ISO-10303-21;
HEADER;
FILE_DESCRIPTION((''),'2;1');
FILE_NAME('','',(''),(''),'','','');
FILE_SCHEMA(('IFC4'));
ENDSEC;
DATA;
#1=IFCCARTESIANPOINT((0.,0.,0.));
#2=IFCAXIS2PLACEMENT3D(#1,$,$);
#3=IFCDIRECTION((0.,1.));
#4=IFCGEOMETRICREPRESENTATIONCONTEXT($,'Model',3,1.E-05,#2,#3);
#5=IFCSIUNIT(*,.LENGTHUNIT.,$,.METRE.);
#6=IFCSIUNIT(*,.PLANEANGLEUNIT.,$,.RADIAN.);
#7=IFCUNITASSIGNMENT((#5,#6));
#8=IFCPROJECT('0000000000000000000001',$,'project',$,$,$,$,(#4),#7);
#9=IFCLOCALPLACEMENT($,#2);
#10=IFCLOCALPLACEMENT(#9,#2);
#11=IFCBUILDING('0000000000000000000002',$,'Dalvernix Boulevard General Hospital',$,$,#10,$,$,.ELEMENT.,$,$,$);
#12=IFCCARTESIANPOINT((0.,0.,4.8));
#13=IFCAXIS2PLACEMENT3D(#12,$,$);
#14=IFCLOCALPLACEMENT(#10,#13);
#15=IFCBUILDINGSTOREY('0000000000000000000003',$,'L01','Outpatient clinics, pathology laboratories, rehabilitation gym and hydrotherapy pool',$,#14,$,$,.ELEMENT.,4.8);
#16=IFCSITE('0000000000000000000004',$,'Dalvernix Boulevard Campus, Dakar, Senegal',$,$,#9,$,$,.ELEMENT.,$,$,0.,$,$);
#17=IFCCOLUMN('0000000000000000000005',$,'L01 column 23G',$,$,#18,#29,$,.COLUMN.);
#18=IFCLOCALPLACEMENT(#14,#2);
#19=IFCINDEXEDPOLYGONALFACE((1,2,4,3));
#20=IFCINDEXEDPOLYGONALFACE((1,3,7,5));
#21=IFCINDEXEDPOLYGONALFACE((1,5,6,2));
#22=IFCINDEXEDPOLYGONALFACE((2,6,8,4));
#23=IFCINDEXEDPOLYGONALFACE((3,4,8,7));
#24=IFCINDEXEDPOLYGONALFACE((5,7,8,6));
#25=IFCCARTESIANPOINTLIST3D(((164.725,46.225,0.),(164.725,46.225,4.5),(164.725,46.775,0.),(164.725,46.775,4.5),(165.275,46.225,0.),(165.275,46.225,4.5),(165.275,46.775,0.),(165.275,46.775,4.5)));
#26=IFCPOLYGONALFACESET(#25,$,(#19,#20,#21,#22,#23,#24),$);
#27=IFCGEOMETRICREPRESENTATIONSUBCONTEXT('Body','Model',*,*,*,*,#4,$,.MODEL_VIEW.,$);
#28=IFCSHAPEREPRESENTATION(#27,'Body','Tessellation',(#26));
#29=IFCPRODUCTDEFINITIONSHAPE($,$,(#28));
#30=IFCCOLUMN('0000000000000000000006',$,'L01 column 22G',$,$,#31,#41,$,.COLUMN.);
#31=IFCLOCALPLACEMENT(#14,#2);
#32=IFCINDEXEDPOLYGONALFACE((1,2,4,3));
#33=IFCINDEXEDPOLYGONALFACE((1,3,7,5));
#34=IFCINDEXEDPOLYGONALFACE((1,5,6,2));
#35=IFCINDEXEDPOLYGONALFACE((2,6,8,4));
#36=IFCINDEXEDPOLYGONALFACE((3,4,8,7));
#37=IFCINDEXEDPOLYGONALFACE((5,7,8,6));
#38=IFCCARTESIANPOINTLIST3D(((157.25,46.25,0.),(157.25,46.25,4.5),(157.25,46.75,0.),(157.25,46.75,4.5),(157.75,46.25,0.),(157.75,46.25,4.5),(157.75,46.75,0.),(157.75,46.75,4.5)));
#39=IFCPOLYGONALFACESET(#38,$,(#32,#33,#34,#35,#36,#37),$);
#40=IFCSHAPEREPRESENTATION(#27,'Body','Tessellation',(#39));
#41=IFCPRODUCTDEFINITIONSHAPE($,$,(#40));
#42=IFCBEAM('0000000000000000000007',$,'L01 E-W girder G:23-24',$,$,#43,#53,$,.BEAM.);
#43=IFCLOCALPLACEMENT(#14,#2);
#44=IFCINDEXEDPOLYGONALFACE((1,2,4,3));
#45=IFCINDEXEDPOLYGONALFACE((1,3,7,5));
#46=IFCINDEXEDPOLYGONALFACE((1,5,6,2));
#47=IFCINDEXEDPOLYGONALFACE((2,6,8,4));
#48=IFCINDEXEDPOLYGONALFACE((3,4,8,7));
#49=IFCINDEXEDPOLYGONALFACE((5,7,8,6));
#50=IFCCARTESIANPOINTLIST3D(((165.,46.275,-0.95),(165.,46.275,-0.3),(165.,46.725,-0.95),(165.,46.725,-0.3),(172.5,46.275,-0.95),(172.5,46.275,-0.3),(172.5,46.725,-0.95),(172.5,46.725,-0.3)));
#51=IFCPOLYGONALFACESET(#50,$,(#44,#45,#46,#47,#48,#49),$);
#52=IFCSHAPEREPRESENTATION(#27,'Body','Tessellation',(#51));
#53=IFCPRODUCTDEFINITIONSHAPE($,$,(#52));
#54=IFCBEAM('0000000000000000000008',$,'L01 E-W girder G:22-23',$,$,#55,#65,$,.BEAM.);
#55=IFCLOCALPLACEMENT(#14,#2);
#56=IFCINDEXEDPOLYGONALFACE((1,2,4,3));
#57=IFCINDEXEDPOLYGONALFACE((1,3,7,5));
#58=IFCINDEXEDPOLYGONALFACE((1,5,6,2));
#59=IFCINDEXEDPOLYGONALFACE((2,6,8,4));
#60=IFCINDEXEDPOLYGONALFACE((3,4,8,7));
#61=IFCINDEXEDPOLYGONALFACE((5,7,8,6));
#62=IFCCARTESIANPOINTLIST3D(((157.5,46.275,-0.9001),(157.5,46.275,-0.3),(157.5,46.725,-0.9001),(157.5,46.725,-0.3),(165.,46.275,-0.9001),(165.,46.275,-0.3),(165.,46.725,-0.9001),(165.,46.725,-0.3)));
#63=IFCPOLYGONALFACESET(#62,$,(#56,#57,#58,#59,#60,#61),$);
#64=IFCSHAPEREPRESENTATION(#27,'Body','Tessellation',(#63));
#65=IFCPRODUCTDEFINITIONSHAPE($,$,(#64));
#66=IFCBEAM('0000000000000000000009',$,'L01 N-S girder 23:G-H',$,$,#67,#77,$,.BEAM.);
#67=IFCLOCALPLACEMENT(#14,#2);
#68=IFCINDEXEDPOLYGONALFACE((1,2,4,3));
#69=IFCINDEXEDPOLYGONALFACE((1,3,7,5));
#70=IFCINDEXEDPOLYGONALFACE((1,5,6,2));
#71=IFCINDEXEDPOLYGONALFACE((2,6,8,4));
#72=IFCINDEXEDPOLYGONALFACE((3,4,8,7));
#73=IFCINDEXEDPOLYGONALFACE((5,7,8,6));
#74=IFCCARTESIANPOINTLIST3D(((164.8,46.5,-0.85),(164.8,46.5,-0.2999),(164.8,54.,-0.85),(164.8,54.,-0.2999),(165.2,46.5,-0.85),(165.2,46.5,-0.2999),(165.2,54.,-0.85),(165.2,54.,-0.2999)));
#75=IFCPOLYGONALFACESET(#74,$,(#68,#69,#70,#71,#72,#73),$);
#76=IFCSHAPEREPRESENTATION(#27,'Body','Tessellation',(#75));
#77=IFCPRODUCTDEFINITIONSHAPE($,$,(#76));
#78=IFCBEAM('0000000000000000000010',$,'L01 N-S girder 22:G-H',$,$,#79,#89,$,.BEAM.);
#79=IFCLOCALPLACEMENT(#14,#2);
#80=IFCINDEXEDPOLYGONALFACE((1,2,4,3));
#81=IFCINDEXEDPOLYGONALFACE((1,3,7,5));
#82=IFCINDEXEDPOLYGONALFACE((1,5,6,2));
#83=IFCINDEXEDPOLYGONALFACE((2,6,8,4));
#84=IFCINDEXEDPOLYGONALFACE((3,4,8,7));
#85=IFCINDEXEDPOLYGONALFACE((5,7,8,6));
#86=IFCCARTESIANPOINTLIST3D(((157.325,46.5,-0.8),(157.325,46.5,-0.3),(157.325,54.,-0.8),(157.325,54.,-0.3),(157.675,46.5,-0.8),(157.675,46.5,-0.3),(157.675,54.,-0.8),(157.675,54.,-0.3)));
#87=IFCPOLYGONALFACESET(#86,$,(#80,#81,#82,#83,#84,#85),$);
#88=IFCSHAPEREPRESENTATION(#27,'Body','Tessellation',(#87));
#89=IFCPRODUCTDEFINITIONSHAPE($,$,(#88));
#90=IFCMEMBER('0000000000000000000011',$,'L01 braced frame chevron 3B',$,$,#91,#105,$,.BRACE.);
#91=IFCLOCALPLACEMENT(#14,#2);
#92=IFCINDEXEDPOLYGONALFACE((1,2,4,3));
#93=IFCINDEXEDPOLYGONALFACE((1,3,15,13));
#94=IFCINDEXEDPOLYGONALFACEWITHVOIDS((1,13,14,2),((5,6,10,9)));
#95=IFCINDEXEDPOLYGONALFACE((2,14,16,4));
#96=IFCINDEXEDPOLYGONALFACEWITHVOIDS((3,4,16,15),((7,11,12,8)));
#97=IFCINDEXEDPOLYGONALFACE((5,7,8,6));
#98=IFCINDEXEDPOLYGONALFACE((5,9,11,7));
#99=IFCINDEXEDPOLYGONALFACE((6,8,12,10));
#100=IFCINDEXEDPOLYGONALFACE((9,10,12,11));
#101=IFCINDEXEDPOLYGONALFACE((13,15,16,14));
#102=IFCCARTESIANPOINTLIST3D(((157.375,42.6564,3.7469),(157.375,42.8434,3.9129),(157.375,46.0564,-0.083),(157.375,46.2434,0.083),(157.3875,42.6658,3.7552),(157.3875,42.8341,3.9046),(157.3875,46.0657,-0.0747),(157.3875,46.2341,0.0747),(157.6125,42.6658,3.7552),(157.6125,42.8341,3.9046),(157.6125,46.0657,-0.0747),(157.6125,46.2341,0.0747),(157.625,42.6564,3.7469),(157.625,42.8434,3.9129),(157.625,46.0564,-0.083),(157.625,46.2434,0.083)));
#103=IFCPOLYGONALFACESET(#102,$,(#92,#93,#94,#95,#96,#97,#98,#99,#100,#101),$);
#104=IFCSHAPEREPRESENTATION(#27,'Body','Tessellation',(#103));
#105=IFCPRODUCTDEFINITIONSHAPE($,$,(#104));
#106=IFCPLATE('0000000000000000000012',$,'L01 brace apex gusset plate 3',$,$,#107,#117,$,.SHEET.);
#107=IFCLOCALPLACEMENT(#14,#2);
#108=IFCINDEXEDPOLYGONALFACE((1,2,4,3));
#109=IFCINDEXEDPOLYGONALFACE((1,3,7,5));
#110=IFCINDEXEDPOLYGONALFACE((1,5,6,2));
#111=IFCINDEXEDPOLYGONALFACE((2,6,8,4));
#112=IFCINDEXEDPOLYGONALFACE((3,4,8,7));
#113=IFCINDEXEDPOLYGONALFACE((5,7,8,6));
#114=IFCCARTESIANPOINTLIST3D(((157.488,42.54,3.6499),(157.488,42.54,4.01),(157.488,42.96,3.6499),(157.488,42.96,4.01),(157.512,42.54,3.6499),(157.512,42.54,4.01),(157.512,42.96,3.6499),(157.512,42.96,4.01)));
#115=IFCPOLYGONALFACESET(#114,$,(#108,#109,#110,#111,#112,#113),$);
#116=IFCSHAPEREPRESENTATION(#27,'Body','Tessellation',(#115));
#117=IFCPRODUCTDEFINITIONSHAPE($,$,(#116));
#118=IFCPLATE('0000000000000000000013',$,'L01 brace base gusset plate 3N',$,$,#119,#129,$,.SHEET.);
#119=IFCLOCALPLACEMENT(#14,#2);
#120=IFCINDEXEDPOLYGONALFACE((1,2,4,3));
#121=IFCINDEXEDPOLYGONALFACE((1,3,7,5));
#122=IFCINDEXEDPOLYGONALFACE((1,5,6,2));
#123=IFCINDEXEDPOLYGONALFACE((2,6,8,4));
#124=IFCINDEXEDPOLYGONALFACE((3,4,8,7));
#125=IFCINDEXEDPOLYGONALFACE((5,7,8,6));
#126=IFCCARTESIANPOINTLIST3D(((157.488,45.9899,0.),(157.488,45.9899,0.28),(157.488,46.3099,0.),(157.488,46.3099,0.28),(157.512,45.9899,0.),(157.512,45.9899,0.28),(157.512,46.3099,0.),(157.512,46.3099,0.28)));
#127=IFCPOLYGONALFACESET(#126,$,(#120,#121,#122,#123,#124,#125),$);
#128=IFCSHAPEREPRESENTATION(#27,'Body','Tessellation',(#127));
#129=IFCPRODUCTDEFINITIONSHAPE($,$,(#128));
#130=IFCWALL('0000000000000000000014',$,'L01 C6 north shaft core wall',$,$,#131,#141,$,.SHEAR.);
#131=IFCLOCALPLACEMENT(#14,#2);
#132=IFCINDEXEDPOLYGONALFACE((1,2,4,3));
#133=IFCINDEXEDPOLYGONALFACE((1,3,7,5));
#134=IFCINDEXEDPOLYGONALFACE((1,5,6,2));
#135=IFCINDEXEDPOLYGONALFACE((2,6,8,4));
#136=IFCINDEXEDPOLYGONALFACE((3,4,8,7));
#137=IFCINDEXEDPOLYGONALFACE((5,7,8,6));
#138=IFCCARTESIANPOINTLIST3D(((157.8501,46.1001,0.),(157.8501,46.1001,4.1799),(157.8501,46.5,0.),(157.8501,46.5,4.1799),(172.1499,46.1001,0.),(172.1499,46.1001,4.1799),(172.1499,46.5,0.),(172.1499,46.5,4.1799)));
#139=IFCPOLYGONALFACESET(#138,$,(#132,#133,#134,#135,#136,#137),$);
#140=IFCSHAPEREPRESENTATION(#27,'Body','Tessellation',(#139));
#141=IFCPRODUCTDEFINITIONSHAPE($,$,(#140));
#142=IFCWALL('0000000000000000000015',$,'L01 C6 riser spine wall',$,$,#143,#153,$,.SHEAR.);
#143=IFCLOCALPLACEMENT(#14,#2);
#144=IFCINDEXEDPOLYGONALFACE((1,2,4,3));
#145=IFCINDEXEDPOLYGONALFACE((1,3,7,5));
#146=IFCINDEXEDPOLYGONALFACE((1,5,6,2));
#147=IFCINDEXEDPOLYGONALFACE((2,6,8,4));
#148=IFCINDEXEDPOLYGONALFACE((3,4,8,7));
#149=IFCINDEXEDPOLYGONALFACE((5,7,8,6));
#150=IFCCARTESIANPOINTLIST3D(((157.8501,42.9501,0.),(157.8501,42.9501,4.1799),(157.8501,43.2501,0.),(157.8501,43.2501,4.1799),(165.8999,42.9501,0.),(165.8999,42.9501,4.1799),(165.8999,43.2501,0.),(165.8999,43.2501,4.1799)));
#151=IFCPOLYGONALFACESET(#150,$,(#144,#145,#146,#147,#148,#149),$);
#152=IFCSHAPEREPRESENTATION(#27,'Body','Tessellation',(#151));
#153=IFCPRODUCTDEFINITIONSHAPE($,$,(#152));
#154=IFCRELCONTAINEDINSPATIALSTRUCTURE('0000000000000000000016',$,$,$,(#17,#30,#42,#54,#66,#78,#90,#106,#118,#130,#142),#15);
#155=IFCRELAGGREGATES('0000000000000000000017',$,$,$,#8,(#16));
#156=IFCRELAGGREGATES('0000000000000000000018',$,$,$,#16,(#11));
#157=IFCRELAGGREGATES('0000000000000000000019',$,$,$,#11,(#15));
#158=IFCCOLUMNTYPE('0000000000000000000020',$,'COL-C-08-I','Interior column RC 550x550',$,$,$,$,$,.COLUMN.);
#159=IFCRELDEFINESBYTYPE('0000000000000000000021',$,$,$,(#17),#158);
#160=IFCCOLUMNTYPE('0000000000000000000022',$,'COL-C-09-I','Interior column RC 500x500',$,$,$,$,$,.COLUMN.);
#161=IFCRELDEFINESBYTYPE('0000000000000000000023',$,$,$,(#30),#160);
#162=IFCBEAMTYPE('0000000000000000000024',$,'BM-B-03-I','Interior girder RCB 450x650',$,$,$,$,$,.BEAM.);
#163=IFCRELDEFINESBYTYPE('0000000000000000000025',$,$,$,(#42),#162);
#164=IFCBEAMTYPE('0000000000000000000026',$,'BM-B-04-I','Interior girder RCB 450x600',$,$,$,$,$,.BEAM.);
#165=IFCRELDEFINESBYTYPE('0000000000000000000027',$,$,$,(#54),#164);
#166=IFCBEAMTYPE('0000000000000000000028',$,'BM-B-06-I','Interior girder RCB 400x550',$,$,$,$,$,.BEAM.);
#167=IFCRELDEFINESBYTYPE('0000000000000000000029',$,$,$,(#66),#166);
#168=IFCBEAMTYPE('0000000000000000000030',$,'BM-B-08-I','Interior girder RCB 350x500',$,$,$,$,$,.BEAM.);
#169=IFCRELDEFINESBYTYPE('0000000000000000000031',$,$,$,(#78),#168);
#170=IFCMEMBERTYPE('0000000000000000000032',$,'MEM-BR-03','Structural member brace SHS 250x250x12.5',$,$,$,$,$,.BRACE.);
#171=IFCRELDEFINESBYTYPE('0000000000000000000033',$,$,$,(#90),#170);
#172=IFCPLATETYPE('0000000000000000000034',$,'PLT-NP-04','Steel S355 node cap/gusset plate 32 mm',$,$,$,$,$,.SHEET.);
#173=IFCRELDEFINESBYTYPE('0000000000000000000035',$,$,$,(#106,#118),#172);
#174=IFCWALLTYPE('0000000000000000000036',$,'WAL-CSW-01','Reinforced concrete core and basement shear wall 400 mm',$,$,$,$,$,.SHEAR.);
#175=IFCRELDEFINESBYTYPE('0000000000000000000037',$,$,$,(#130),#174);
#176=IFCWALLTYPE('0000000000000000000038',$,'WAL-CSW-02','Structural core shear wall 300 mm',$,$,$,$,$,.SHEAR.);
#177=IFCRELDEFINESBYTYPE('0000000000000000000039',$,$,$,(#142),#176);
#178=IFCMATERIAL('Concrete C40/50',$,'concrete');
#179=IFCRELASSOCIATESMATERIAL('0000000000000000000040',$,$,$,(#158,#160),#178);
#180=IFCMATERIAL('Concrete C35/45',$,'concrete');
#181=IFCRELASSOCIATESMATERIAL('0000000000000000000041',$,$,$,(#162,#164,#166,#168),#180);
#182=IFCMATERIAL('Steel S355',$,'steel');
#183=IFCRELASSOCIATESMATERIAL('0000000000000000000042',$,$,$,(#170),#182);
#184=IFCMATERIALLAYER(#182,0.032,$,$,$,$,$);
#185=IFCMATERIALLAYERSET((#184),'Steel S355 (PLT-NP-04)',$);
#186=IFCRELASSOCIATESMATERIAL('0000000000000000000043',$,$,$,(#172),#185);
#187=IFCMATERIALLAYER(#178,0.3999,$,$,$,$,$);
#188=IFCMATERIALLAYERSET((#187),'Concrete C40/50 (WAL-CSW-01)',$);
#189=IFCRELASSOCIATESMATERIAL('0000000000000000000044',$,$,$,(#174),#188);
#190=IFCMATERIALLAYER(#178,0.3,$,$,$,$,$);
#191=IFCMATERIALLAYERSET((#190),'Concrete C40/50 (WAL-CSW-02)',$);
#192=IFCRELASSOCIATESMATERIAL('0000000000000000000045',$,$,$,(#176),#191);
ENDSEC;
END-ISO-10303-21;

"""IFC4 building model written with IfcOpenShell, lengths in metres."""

from ifc_helpers import new_model, si_unit, direction, frame, frame_2d, origin, origin_2d, place, context, subcontext, project, spatial, rectangle, hollow_rectangle, extrude, material, layer, layer_set, material_profile, profile_set, type_object, element, save


model = new_model("IFC4")

# Units and contexts
model_context = context("Model", 3, precision=1e-05, world=origin(), true_north=direction((0.0, 1.0)))
body_context = subcontext(model_context, "Body", "Model", "MODEL_VIEW")
ifc_project = project(units=[si_unit("LENGTHUNIT", "METRE"), si_unit("PLANEANGLEUNIT", "RADIAN")], contexts=[model_context])

# Site, building, storey
site_placement = place(None, origin())
site = spatial("IfcSite", under=ifc_project, at=site_placement, Name="Dalvernix Boulevard Campus, Dakar, Senegal", CompositionType="ELEMENT", RefElevation=0.0)
building_placement = place(site_placement, origin())
building = spatial("IfcBuilding", under=site, at=building_placement, Name="Dalvernix Boulevard General Hospital", CompositionType="ELEMENT")
storey_placement = place(building_placement, frame((0.0, 0.0, 4.8)))
storey = spatial("IfcBuildingStorey", under=building, at=storey_placement, Name="L01", Description="Outpatient clinics, pathology laboratories, rehabilitation gym and hydrotherapy pool", CompositionType="ELEMENT", Elevation=4.8)

# Columns
ifc_material_1 = material(Name="Concrete C40/50", Category="concrete")
ifc_material_profile_1 = material_profile(ifc_material_1, rectangle(XDim=0.55, YDim=0.55, at=origin_2d()), Name="RC 550x550")
ifc_profile_set_1 = profile_set([ifc_material_profile_1], Name="Concrete C40/50")
column_type_1 = type_object("IfcColumnType", Name="COL-C-08-I", Description="Interior column RC 550x550", PredefinedType="COLUMN", material=ifc_profile_set_1)
column_1_placement = place(storey_placement, frame((165.0, 46.5, 0.0), z_axis=(0.0, 0.0, 1.0), x_axis=(1.0, 0.0, 0.0)))
element("IfcColumn", 1, at=column_1_placement, inside=storey, type_object=column_type_1, Name="L01 column 23G", PredefinedType="COLUMN", context=body_context, shape_type="SweptSolid", body=[
    extrude(rectangle(XDim=0.55, YDim=0.55, at=origin_2d()), origin(), (0.0, 0.0, 1.0), 4.5),
])
ifc_material_profile_2 = material_profile(ifc_material_1, rectangle(XDim=0.5, YDim=0.5, at=origin_2d()), Name="RC 500x500")
ifc_profile_set_2 = profile_set([ifc_material_profile_2], Name="Concrete C40/50")
column_type_2 = type_object("IfcColumnType", Name="COL-C-09-I", Description="Interior column RC 500x500", PredefinedType="COLUMN", material=ifc_profile_set_2)
column_2_placement = place(storey_placement, frame((157.5, 46.5, 0.0), z_axis=(0.0, 0.0, 1.0), x_axis=(1.0, 0.0, 0.0)))
element("IfcColumn", 2, at=column_2_placement, inside=storey, type_object=column_type_2, Name="L01 column 22G", PredefinedType="COLUMN", context=body_context, shape_type="SweptSolid", body=[
    extrude(rectangle(XDim=0.5, YDim=0.5, at=origin_2d()), origin(), (0.0, 0.0, 1.0), 4.5),
])

# Beams
ifc_material_2 = material(Name="Concrete C35/45", Category="concrete")
ifc_material_profile_3 = material_profile(ifc_material_2, rectangle(XDim=0.45, YDim=0.6499, at=origin_2d()), Name="RCB 450x650")
ifc_profile_set_3 = profile_set([ifc_material_profile_3], Name="Concrete C35/45")
beam_type_1 = type_object("IfcBeamType", Name="BM-B-03-I", Description="Interior girder RCB 450x650", PredefinedType="BEAM", material=ifc_profile_set_3)
beam_1_placement = place(storey_placement, frame((165.0, 46.5, -0.625), z_axis=(1.0, 0.0, 0.0), x_axis=(0.0, 1.0, 0.0)))
element("IfcBeam", 3, at=beam_1_placement, inside=storey, type_object=beam_type_1, Name="L01 E-W girder G:23-24", PredefinedType="BEAM", context=body_context, shape_type="SweptSolid", body=[
    extrude(rectangle(XDim=0.45, YDim=0.6499, at=origin_2d()), origin(), (0.0, 0.0, 1.0), 7.5),
])
ifc_material_profile_4 = material_profile(ifc_material_2, rectangle(XDim=0.45, YDim=0.6001, at=origin_2d()), Name="RCB 450x600")
ifc_profile_set_4 = profile_set([ifc_material_profile_4], Name="Concrete C35/45")
beam_type_2 = type_object("IfcBeamType", Name="BM-B-04-I", Description="Interior girder RCB 450x600", PredefinedType="BEAM", material=ifc_profile_set_4)
beam_2_placement = place(storey_placement, frame((157.5, 46.5, -0.6001), z_axis=(1.0, 0.0, 0.0), x_axis=(0.0, 1.0, 0.0)))
element("IfcBeam", 4, at=beam_2_placement, inside=storey, type_object=beam_type_2, Name="L01 E-W girder G:22-23", PredefinedType="BEAM", context=body_context, shape_type="SweptSolid", body=[
    extrude(rectangle(XDim=0.45, YDim=0.6001, at=origin_2d()), origin(), (0.0, 0.0, 1.0), 7.5),
])
ifc_material_profile_5 = material_profile(ifc_material_2, rectangle(XDim=0.3999, YDim=0.55, at=origin_2d()), Name="RCB 400x550")
ifc_profile_set_5 = profile_set([ifc_material_profile_5], Name="Concrete C35/45")
beam_type_3 = type_object("IfcBeamType", Name="BM-B-06-I", Description="Interior girder RCB 400x550", PredefinedType="BEAM", material=ifc_profile_set_5)
beam_3_placement = place(storey_placement, frame((165.0, 46.5, -0.575), z_axis=(0.0, 1.0, 0.0), x_axis=(-1.0, 0.0, 0.0)))
element("IfcBeam", 5, at=beam_3_placement, inside=storey, type_object=beam_type_3, Name="L01 N-S girder 23:G-H", PredefinedType="BEAM", context=body_context, shape_type="SweptSolid", body=[
    extrude(rectangle(XDim=0.3999, YDim=0.55, at=origin_2d()), origin(), (0.0, 0.0, 1.0), 7.5),
])
ifc_material_profile_6 = material_profile(ifc_material_2, rectangle(XDim=0.3501, YDim=0.5, at=origin_2d()), Name="RCB 350x500")
ifc_profile_set_6 = profile_set([ifc_material_profile_6], Name="Concrete C35/45")
beam_type_4 = type_object("IfcBeamType", Name="BM-B-08-I", Description="Interior girder RCB 350x500", PredefinedType="BEAM", material=ifc_profile_set_6)
beam_4_placement = place(storey_placement, frame((157.5, 46.5, -0.55), z_axis=(0.0, 1.0, 0.0), x_axis=(-1.0, 0.0, 0.0)))
element("IfcBeam", 6, at=beam_4_placement, inside=storey, type_object=beam_type_4, Name="L01 N-S girder 22:G-H", PredefinedType="BEAM", context=body_context, shape_type="SweptSolid", body=[
    extrude(rectangle(XDim=0.3501, YDim=0.5, at=origin_2d()), origin(), (0.0, 0.0, 1.0), 7.5),
])

# Member
ifc_material_3 = material(Name="Steel S355", Category="steel")
ifc_material_profile_7 = material_profile(ifc_material_3, hollow_rectangle(XDim=0.25, YDim=0.25, WallThickness=0.0125, at=origin_2d()), Name="SHS 250x250x12.5")
ifc_profile_set_7 = profile_set([ifc_material_profile_7], Name="Steel S355")
member_type = type_object("IfcMemberType", Name="MEM-BR-03", Description="Structural member brace SHS 250x250x12.5", PredefinedType="BRACE", material=ifc_profile_set_7)
member_placement = place(storey_placement, frame((157.5, 46.1499, 0.0), z_axis=(0.0, -0.663884, 0.747835), x_axis=(1.0, 0.0, 0.0)))
element("IfcMember", 7, at=member_placement, inside=storey, type_object=member_type, Name="L01 braced frame chevron 3B", PredefinedType="BRACE", context=body_context, shape_type="SweptSolid", body=[
    extrude(hollow_rectangle(XDim=0.25, YDim=0.25, WallThickness=0.0125, at=origin_2d()), origin(), (0.0, 0.0, 1.0), 5.1213),
])

# Plates
ifc_layer_1 = layer(ifc_material_3, 0.032)
ifc_layer_set_1 = layer_set([ifc_layer_1], Name="Steel S355 (PLT-NP-04)")
plate_type = type_object("IfcPlateType", Name="PLT-NP-04", Description="Steel S355 node cap/gusset plate 32 mm", PredefinedType="SHEET", material=ifc_layer_set_1)
plate_1_placement = place(storey_placement, frame((157.5, 42.75, 3.6499), z_axis=(0.0, 0.0, 1.0), x_axis=(0.0, 1.0, 0.0)))
element("IfcPlate", 8, at=plate_1_placement, inside=storey, type_object=plate_type, Name="L01 brace apex gusset plate 3", PredefinedType="SHEET", context=body_context, shape_type="SweptSolid", body=[
    extrude(rectangle(XDim=0.4199, YDim=0.0239, at=origin_2d()), origin(), (0.0, 0.0, 1.0), 0.3601),
])
plate_2_placement = place(storey_placement, frame((157.5, 46.1499, 0.0), z_axis=(0.0, 0.0, 1.0), x_axis=(0.0, 1.0, 0.0)))
element("IfcPlate", 9, at=plate_2_placement, inside=storey, type_object=plate_type, Name="L01 brace base gusset plate 3N", PredefinedType="SHEET", context=body_context, shape_type="SweptSolid", body=[
    extrude(rectangle(XDim=0.3201, YDim=0.0239, at=origin_2d()), origin(), (0.0, 0.0, 1.0), 0.28),
])

# Walls
ifc_layer_2 = layer(ifc_material_1, 0.3999)
ifc_layer_set_2 = layer_set([ifc_layer_2], Name="Concrete C40/50 (WAL-CSW-01)")
wall_type_1 = type_object("IfcWallType", Name="WAL-CSW-01", Description="Reinforced concrete core and basement shear wall 400 mm", PredefinedType="SHEAR", material=ifc_layer_set_2)
wall_1_placement = place(storey_placement, frame((157.8501, 46.3, 0.0), z_axis=(0.0, 0.0, 1.0), x_axis=(1.0, 0.0, 0.0)))
element("IfcWall", 10, at=wall_1_placement, inside=storey, type_object=wall_type_1, Name="L01 C6 north shaft core wall", PredefinedType="SHEAR", context=body_context, shape_type="SweptSolid", body=[
    extrude(rectangle(XDim=14.2998, YDim=0.3999, at=frame_2d((7.1499, 0.0))), origin(), (0.0, 0.0, 1.0), 4.1799),
])
ifc_layer_3 = layer(ifc_material_1, 0.3)
ifc_layer_set_3 = layer_set([ifc_layer_3], Name="Concrete C40/50 (WAL-CSW-02)")
wall_type_2 = type_object("IfcWallType", Name="WAL-CSW-02", Description="Structural core shear wall 300 mm", PredefinedType="SHEAR", material=ifc_layer_set_3)
wall_2_placement = place(storey_placement, frame((157.8501, 43.1001, 0.0), z_axis=(0.0, 0.0, 1.0), x_axis=(1.0, 0.0, 0.0)))
element("IfcWall", 11, at=wall_2_placement, inside=storey, type_object=wall_type_2, Name="L01 C6 riser spine wall", PredefinedType="SHEAR", context=body_context, shape_type="SweptSolid", body=[
    extrude(rectangle(XDim=8.0498, YDim=0.3, at=frame_2d((4.0249, 0.0))), origin(), (0.0, 0.0, 1.0), 4.1799),
])

save(model, "model.ifc")
